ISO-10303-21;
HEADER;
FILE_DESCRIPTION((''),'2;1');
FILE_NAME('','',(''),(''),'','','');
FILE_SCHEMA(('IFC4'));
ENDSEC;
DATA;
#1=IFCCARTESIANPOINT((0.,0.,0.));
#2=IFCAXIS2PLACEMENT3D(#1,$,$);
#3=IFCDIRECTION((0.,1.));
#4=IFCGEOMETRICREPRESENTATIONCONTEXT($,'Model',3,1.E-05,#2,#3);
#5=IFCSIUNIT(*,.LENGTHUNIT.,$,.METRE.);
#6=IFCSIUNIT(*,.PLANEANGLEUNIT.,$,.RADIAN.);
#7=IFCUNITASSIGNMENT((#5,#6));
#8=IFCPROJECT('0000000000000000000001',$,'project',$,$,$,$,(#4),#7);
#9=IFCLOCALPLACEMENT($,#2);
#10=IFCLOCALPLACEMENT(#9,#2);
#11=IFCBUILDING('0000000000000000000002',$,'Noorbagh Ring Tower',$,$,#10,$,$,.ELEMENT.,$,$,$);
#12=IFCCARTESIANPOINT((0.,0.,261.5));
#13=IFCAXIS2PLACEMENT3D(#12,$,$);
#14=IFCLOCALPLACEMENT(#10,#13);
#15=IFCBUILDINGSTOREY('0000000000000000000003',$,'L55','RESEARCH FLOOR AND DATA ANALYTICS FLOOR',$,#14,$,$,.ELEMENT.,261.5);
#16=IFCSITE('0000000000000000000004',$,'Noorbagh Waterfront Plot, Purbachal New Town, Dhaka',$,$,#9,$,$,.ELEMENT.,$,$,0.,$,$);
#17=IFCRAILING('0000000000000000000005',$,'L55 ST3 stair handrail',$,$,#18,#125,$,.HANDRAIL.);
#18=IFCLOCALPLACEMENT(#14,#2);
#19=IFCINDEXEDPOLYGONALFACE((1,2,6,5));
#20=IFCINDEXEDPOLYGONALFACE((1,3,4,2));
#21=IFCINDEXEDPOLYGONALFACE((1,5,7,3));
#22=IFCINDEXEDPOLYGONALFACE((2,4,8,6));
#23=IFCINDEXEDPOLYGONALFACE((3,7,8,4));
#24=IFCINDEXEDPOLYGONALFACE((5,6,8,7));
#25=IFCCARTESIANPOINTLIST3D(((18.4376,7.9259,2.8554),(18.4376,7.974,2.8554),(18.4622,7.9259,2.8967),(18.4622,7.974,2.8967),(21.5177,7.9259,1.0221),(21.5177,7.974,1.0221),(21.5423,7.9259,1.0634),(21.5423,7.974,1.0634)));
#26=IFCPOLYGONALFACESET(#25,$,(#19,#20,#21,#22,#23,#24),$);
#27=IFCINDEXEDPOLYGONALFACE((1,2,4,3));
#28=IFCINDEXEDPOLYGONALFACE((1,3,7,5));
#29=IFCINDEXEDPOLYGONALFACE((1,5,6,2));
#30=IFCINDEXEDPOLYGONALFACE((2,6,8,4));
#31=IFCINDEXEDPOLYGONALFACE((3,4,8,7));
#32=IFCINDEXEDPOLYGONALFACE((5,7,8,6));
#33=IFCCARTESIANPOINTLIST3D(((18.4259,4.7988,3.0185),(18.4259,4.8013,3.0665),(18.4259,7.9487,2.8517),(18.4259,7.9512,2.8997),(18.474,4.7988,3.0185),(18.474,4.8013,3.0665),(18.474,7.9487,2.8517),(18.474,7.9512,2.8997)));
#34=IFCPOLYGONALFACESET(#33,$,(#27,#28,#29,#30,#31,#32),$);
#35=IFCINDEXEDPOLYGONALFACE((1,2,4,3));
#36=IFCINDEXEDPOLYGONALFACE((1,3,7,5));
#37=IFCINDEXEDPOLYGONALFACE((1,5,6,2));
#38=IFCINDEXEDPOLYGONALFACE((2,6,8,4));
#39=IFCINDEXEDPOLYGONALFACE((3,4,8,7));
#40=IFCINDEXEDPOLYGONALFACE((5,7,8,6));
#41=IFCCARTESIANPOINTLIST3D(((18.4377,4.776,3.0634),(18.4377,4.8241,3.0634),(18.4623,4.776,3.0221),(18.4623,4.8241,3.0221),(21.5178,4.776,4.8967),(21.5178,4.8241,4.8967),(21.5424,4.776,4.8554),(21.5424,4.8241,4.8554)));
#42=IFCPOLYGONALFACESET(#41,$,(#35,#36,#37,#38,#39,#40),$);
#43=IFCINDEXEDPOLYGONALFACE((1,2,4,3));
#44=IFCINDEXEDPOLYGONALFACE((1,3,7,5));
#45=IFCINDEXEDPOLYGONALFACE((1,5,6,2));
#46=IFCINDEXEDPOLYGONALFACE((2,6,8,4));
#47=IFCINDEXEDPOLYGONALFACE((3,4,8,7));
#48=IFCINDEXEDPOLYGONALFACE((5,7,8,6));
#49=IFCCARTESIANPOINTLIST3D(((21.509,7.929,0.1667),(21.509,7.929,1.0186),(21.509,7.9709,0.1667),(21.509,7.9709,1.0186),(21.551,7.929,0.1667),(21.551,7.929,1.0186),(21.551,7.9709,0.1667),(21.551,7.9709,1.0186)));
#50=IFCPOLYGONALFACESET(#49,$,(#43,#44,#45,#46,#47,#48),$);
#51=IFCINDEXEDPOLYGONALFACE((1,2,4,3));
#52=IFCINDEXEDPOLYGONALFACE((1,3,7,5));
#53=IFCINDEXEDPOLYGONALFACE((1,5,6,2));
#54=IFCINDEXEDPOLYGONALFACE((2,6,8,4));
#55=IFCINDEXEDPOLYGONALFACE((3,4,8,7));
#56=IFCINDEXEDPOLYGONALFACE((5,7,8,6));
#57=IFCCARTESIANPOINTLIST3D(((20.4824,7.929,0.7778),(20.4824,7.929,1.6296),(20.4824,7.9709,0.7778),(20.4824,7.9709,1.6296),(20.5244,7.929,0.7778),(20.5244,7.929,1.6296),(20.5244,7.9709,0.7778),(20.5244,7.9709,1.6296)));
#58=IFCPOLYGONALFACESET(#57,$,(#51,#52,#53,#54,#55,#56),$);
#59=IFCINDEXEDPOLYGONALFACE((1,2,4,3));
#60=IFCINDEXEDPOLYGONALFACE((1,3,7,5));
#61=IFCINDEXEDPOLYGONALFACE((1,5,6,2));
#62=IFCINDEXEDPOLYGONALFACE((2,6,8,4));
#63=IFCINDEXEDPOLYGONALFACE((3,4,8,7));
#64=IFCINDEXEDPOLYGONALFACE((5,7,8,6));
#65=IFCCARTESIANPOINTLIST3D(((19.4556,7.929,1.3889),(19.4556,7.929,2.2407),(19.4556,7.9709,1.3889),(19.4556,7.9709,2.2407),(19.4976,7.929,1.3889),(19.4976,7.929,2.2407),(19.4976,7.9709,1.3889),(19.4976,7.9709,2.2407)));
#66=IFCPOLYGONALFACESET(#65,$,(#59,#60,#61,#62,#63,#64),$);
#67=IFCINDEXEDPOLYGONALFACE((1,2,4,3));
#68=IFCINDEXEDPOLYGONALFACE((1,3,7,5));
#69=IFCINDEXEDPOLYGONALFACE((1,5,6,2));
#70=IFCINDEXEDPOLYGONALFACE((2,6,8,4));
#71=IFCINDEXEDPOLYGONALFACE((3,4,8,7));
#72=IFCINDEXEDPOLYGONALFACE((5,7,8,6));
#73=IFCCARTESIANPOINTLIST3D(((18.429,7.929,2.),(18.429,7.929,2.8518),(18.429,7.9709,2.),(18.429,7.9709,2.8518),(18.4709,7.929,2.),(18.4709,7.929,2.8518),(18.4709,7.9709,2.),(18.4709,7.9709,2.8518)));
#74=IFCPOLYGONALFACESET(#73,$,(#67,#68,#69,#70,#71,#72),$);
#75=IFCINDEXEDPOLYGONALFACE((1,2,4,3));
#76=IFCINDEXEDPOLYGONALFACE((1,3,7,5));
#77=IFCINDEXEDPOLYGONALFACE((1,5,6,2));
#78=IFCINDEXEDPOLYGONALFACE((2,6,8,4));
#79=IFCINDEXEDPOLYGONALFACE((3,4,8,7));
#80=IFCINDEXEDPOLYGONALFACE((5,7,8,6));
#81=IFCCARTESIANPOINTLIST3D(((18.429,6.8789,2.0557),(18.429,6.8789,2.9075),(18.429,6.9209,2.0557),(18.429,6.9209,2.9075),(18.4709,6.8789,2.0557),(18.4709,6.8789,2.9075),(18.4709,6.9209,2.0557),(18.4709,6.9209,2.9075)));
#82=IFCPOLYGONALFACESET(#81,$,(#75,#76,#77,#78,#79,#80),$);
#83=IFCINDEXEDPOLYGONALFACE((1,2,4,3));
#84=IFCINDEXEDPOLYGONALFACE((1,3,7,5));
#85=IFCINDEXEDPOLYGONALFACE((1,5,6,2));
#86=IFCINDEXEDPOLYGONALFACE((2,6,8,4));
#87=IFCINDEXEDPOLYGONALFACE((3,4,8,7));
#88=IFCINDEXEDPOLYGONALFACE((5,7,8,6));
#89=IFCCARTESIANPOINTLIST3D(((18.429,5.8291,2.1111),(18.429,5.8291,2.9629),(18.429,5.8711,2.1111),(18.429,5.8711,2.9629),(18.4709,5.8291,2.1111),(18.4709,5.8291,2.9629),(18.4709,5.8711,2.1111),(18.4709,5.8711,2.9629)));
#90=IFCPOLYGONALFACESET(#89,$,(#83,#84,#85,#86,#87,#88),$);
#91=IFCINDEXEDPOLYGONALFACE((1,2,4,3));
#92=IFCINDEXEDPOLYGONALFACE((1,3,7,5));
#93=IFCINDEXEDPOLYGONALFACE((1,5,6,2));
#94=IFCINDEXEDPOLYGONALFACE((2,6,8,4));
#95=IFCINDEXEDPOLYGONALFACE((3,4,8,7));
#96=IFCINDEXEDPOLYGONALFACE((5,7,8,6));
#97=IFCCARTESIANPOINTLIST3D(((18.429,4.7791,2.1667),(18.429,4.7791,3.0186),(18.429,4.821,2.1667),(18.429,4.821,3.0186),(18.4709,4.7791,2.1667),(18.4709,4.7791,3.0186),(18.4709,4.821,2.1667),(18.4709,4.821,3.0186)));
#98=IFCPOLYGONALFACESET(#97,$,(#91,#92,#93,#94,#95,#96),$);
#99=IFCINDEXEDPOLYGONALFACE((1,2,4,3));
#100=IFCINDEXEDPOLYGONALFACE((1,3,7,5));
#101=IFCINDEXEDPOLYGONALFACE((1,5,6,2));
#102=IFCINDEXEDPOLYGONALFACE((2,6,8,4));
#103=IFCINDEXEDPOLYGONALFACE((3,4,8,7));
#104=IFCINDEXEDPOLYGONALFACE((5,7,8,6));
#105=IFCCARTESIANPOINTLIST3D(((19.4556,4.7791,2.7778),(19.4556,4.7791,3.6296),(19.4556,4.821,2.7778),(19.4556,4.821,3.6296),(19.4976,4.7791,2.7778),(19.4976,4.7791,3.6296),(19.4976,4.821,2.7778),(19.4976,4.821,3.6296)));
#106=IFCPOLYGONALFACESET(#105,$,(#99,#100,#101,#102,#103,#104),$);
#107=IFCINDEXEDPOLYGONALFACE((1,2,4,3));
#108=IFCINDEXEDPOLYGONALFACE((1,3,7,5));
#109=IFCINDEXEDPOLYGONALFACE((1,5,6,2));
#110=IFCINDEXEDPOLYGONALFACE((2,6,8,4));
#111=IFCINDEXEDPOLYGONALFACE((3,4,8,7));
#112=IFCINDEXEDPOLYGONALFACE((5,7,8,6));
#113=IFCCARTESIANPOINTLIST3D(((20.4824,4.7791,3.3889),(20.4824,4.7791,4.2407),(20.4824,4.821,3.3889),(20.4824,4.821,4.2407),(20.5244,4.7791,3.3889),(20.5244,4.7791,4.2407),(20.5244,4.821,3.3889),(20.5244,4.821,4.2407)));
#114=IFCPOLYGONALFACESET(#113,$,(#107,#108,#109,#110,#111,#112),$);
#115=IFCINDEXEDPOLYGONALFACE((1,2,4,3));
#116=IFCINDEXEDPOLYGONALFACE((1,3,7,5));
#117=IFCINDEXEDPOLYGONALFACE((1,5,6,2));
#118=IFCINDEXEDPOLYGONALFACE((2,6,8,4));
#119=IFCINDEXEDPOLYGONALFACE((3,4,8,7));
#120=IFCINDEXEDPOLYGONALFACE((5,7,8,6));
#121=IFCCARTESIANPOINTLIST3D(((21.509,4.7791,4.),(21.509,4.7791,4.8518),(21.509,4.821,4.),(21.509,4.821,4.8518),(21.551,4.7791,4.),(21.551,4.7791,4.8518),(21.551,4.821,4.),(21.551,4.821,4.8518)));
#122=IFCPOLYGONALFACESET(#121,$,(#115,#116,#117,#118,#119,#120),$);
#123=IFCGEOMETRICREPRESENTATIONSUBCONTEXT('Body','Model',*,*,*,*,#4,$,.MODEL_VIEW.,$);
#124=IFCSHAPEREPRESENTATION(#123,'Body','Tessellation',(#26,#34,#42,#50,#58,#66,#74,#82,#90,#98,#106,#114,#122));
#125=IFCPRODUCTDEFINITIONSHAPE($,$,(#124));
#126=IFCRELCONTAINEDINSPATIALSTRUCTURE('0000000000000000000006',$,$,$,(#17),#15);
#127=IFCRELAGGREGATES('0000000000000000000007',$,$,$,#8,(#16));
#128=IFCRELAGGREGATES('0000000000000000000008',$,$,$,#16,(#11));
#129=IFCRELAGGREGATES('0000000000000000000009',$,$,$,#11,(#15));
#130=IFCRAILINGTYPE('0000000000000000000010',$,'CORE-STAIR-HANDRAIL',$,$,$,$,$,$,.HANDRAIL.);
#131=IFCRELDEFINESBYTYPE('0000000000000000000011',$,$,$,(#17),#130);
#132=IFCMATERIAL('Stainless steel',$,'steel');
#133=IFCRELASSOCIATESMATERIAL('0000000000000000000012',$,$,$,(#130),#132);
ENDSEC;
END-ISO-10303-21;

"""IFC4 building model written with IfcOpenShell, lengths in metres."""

from ifc_helpers import new_model, si_unit, direction, frame, origin, origin_2d, place, context, subcontext, project, spatial, rectangle, extrude, material, type_object, element, save


model = new_model("IFC4")

# Units and contexts
model_context = context("Model", 3, precision=1e-05, world=origin(), true_north=direction((0.0, 1.0)))
body_context = subcontext(model_context, "Body", "Model", "MODEL_VIEW")
ifc_project = project(units=[si_unit("LENGTHUNIT", "METRE"), si_unit("PLANEANGLEUNIT", "RADIAN")], contexts=[model_context])

# Site, building, storey
site_placement = place(None, origin())
site = spatial("IfcSite", under=ifc_project, at=site_placement, Name="Noorbagh Waterfront Plot, Purbachal New Town, Dhaka", CompositionType="ELEMENT", RefElevation=0.0)
building_placement = place(site_placement, origin())
building = spatial("IfcBuilding", under=site, at=building_placement, Name="Noorbagh Ring Tower", CompositionType="ELEMENT")
storey_placement = place(building_placement, frame((0.0, 0.0, 261.5)))
storey = spatial("IfcBuildingStorey", under=building, at=storey_placement, Name="L55", Description="RESEARCH FLOOR AND DATA ANALYTICS FLOOR", CompositionType="ELEMENT", Elevation=261.5)

# Railing
ifc_material_1 = material(Name="Stainless steel", Category="steel")
railing_type_1 = type_object("IfcRailingType", Name="CORE-STAIR-HANDRAIL", PredefinedType="HANDRAIL", material=ifc_material_1)
railing_1_placement = place(storey_placement, frame((21.53, 7.95, 0.1667)))
element("IfcRailing", 1, at=railing_1_placement, inside=storey, type_object=railing_type_1, Name="L55 ST3 stair handrail", PredefinedType="HANDRAIL", context=body_context, shape_type="SweptSolid", body=[
    extrude(rectangle(XDim=0.0481, YDim=0.0481, at=origin_2d()), frame((0.0, 0.0, 0.876), z_axis=(-0.859309, 0.0, 0.511458), x_axis=(0.0, -1.0, 0.0)), (0.0, 0.0, 1.0), 3.5845),
    extrude(rectangle(XDim=0.0481, YDim=0.0481, at=origin_2d()), frame((-3.0801, 0.0, 2.709), z_axis=(0.0, -0.998602, 0.052864), x_axis=(1.0, 0.0, 0.0)), (0.0, 0.0, 1.0), 3.1543),
    extrude(rectangle(XDim=0.0481, YDim=0.0481, at=origin_2d()), frame((-3.0801, -3.1499, 2.876), z_axis=(0.859309, 0.0, 0.511458), x_axis=(0.0, 1.0, 0.0)), (0.0, 0.0, 1.0), 3.5845),
    extrude(rectangle(XDim=0.042, YDim=0.042, at=origin_2d()), origin(), (0.0, 0.0, 1.0), 0.8518),
    extrude(rectangle(XDim=0.042, YDim=0.042, at=origin_2d()), frame((-1.0266, 0.0, 0.6111)), (0.0, 0.0, 1.0), 0.8518),
    extrude(rectangle(XDim=0.042, YDim=0.042, at=origin_2d()), frame((-2.0535, 0.0, 1.2222)), (0.0, 0.0, 1.0), 0.8518),
    extrude(rectangle(XDim=0.042, YDim=0.042, at=origin_2d()), frame((-3.0801, 0.0, 1.8333)), (0.0, 0.0, 1.0), 0.8518),
    extrude(rectangle(XDim=0.042, YDim=0.042, at=origin_2d()), frame((-3.0801, -1.05, 1.8889)), (0.0, 0.0, 1.0), 0.8518),
    extrude(rectangle(XDim=0.042, YDim=0.042, at=origin_2d()), frame((-3.0801, -2.0999, 1.9443)), (0.0, 0.0, 1.0), 0.8518),
    extrude(rectangle(XDim=0.042, YDim=0.042, at=origin_2d()), frame((-3.0801, -3.1499, 2.0)), (0.0, 0.0, 1.0), 0.8518),
    extrude(rectangle(XDim=0.042, YDim=0.042, at=origin_2d()), frame((-2.0535, -3.1499, 2.6111)), (0.0, 0.0, 1.0), 0.8518),
    extrude(rectangle(XDim=0.042, YDim=0.042, at=origin_2d()), frame((-1.0266, -3.1499, 3.2222)), (0.0, 0.0, 1.0), 0.8518),
    extrude(rectangle(XDim=0.042, YDim=0.042, at=origin_2d()), frame((0.0, -3.1499, 3.8333)), (0.0, 0.0, 1.0), 0.8518),
])

save(model, "model.ifc")
